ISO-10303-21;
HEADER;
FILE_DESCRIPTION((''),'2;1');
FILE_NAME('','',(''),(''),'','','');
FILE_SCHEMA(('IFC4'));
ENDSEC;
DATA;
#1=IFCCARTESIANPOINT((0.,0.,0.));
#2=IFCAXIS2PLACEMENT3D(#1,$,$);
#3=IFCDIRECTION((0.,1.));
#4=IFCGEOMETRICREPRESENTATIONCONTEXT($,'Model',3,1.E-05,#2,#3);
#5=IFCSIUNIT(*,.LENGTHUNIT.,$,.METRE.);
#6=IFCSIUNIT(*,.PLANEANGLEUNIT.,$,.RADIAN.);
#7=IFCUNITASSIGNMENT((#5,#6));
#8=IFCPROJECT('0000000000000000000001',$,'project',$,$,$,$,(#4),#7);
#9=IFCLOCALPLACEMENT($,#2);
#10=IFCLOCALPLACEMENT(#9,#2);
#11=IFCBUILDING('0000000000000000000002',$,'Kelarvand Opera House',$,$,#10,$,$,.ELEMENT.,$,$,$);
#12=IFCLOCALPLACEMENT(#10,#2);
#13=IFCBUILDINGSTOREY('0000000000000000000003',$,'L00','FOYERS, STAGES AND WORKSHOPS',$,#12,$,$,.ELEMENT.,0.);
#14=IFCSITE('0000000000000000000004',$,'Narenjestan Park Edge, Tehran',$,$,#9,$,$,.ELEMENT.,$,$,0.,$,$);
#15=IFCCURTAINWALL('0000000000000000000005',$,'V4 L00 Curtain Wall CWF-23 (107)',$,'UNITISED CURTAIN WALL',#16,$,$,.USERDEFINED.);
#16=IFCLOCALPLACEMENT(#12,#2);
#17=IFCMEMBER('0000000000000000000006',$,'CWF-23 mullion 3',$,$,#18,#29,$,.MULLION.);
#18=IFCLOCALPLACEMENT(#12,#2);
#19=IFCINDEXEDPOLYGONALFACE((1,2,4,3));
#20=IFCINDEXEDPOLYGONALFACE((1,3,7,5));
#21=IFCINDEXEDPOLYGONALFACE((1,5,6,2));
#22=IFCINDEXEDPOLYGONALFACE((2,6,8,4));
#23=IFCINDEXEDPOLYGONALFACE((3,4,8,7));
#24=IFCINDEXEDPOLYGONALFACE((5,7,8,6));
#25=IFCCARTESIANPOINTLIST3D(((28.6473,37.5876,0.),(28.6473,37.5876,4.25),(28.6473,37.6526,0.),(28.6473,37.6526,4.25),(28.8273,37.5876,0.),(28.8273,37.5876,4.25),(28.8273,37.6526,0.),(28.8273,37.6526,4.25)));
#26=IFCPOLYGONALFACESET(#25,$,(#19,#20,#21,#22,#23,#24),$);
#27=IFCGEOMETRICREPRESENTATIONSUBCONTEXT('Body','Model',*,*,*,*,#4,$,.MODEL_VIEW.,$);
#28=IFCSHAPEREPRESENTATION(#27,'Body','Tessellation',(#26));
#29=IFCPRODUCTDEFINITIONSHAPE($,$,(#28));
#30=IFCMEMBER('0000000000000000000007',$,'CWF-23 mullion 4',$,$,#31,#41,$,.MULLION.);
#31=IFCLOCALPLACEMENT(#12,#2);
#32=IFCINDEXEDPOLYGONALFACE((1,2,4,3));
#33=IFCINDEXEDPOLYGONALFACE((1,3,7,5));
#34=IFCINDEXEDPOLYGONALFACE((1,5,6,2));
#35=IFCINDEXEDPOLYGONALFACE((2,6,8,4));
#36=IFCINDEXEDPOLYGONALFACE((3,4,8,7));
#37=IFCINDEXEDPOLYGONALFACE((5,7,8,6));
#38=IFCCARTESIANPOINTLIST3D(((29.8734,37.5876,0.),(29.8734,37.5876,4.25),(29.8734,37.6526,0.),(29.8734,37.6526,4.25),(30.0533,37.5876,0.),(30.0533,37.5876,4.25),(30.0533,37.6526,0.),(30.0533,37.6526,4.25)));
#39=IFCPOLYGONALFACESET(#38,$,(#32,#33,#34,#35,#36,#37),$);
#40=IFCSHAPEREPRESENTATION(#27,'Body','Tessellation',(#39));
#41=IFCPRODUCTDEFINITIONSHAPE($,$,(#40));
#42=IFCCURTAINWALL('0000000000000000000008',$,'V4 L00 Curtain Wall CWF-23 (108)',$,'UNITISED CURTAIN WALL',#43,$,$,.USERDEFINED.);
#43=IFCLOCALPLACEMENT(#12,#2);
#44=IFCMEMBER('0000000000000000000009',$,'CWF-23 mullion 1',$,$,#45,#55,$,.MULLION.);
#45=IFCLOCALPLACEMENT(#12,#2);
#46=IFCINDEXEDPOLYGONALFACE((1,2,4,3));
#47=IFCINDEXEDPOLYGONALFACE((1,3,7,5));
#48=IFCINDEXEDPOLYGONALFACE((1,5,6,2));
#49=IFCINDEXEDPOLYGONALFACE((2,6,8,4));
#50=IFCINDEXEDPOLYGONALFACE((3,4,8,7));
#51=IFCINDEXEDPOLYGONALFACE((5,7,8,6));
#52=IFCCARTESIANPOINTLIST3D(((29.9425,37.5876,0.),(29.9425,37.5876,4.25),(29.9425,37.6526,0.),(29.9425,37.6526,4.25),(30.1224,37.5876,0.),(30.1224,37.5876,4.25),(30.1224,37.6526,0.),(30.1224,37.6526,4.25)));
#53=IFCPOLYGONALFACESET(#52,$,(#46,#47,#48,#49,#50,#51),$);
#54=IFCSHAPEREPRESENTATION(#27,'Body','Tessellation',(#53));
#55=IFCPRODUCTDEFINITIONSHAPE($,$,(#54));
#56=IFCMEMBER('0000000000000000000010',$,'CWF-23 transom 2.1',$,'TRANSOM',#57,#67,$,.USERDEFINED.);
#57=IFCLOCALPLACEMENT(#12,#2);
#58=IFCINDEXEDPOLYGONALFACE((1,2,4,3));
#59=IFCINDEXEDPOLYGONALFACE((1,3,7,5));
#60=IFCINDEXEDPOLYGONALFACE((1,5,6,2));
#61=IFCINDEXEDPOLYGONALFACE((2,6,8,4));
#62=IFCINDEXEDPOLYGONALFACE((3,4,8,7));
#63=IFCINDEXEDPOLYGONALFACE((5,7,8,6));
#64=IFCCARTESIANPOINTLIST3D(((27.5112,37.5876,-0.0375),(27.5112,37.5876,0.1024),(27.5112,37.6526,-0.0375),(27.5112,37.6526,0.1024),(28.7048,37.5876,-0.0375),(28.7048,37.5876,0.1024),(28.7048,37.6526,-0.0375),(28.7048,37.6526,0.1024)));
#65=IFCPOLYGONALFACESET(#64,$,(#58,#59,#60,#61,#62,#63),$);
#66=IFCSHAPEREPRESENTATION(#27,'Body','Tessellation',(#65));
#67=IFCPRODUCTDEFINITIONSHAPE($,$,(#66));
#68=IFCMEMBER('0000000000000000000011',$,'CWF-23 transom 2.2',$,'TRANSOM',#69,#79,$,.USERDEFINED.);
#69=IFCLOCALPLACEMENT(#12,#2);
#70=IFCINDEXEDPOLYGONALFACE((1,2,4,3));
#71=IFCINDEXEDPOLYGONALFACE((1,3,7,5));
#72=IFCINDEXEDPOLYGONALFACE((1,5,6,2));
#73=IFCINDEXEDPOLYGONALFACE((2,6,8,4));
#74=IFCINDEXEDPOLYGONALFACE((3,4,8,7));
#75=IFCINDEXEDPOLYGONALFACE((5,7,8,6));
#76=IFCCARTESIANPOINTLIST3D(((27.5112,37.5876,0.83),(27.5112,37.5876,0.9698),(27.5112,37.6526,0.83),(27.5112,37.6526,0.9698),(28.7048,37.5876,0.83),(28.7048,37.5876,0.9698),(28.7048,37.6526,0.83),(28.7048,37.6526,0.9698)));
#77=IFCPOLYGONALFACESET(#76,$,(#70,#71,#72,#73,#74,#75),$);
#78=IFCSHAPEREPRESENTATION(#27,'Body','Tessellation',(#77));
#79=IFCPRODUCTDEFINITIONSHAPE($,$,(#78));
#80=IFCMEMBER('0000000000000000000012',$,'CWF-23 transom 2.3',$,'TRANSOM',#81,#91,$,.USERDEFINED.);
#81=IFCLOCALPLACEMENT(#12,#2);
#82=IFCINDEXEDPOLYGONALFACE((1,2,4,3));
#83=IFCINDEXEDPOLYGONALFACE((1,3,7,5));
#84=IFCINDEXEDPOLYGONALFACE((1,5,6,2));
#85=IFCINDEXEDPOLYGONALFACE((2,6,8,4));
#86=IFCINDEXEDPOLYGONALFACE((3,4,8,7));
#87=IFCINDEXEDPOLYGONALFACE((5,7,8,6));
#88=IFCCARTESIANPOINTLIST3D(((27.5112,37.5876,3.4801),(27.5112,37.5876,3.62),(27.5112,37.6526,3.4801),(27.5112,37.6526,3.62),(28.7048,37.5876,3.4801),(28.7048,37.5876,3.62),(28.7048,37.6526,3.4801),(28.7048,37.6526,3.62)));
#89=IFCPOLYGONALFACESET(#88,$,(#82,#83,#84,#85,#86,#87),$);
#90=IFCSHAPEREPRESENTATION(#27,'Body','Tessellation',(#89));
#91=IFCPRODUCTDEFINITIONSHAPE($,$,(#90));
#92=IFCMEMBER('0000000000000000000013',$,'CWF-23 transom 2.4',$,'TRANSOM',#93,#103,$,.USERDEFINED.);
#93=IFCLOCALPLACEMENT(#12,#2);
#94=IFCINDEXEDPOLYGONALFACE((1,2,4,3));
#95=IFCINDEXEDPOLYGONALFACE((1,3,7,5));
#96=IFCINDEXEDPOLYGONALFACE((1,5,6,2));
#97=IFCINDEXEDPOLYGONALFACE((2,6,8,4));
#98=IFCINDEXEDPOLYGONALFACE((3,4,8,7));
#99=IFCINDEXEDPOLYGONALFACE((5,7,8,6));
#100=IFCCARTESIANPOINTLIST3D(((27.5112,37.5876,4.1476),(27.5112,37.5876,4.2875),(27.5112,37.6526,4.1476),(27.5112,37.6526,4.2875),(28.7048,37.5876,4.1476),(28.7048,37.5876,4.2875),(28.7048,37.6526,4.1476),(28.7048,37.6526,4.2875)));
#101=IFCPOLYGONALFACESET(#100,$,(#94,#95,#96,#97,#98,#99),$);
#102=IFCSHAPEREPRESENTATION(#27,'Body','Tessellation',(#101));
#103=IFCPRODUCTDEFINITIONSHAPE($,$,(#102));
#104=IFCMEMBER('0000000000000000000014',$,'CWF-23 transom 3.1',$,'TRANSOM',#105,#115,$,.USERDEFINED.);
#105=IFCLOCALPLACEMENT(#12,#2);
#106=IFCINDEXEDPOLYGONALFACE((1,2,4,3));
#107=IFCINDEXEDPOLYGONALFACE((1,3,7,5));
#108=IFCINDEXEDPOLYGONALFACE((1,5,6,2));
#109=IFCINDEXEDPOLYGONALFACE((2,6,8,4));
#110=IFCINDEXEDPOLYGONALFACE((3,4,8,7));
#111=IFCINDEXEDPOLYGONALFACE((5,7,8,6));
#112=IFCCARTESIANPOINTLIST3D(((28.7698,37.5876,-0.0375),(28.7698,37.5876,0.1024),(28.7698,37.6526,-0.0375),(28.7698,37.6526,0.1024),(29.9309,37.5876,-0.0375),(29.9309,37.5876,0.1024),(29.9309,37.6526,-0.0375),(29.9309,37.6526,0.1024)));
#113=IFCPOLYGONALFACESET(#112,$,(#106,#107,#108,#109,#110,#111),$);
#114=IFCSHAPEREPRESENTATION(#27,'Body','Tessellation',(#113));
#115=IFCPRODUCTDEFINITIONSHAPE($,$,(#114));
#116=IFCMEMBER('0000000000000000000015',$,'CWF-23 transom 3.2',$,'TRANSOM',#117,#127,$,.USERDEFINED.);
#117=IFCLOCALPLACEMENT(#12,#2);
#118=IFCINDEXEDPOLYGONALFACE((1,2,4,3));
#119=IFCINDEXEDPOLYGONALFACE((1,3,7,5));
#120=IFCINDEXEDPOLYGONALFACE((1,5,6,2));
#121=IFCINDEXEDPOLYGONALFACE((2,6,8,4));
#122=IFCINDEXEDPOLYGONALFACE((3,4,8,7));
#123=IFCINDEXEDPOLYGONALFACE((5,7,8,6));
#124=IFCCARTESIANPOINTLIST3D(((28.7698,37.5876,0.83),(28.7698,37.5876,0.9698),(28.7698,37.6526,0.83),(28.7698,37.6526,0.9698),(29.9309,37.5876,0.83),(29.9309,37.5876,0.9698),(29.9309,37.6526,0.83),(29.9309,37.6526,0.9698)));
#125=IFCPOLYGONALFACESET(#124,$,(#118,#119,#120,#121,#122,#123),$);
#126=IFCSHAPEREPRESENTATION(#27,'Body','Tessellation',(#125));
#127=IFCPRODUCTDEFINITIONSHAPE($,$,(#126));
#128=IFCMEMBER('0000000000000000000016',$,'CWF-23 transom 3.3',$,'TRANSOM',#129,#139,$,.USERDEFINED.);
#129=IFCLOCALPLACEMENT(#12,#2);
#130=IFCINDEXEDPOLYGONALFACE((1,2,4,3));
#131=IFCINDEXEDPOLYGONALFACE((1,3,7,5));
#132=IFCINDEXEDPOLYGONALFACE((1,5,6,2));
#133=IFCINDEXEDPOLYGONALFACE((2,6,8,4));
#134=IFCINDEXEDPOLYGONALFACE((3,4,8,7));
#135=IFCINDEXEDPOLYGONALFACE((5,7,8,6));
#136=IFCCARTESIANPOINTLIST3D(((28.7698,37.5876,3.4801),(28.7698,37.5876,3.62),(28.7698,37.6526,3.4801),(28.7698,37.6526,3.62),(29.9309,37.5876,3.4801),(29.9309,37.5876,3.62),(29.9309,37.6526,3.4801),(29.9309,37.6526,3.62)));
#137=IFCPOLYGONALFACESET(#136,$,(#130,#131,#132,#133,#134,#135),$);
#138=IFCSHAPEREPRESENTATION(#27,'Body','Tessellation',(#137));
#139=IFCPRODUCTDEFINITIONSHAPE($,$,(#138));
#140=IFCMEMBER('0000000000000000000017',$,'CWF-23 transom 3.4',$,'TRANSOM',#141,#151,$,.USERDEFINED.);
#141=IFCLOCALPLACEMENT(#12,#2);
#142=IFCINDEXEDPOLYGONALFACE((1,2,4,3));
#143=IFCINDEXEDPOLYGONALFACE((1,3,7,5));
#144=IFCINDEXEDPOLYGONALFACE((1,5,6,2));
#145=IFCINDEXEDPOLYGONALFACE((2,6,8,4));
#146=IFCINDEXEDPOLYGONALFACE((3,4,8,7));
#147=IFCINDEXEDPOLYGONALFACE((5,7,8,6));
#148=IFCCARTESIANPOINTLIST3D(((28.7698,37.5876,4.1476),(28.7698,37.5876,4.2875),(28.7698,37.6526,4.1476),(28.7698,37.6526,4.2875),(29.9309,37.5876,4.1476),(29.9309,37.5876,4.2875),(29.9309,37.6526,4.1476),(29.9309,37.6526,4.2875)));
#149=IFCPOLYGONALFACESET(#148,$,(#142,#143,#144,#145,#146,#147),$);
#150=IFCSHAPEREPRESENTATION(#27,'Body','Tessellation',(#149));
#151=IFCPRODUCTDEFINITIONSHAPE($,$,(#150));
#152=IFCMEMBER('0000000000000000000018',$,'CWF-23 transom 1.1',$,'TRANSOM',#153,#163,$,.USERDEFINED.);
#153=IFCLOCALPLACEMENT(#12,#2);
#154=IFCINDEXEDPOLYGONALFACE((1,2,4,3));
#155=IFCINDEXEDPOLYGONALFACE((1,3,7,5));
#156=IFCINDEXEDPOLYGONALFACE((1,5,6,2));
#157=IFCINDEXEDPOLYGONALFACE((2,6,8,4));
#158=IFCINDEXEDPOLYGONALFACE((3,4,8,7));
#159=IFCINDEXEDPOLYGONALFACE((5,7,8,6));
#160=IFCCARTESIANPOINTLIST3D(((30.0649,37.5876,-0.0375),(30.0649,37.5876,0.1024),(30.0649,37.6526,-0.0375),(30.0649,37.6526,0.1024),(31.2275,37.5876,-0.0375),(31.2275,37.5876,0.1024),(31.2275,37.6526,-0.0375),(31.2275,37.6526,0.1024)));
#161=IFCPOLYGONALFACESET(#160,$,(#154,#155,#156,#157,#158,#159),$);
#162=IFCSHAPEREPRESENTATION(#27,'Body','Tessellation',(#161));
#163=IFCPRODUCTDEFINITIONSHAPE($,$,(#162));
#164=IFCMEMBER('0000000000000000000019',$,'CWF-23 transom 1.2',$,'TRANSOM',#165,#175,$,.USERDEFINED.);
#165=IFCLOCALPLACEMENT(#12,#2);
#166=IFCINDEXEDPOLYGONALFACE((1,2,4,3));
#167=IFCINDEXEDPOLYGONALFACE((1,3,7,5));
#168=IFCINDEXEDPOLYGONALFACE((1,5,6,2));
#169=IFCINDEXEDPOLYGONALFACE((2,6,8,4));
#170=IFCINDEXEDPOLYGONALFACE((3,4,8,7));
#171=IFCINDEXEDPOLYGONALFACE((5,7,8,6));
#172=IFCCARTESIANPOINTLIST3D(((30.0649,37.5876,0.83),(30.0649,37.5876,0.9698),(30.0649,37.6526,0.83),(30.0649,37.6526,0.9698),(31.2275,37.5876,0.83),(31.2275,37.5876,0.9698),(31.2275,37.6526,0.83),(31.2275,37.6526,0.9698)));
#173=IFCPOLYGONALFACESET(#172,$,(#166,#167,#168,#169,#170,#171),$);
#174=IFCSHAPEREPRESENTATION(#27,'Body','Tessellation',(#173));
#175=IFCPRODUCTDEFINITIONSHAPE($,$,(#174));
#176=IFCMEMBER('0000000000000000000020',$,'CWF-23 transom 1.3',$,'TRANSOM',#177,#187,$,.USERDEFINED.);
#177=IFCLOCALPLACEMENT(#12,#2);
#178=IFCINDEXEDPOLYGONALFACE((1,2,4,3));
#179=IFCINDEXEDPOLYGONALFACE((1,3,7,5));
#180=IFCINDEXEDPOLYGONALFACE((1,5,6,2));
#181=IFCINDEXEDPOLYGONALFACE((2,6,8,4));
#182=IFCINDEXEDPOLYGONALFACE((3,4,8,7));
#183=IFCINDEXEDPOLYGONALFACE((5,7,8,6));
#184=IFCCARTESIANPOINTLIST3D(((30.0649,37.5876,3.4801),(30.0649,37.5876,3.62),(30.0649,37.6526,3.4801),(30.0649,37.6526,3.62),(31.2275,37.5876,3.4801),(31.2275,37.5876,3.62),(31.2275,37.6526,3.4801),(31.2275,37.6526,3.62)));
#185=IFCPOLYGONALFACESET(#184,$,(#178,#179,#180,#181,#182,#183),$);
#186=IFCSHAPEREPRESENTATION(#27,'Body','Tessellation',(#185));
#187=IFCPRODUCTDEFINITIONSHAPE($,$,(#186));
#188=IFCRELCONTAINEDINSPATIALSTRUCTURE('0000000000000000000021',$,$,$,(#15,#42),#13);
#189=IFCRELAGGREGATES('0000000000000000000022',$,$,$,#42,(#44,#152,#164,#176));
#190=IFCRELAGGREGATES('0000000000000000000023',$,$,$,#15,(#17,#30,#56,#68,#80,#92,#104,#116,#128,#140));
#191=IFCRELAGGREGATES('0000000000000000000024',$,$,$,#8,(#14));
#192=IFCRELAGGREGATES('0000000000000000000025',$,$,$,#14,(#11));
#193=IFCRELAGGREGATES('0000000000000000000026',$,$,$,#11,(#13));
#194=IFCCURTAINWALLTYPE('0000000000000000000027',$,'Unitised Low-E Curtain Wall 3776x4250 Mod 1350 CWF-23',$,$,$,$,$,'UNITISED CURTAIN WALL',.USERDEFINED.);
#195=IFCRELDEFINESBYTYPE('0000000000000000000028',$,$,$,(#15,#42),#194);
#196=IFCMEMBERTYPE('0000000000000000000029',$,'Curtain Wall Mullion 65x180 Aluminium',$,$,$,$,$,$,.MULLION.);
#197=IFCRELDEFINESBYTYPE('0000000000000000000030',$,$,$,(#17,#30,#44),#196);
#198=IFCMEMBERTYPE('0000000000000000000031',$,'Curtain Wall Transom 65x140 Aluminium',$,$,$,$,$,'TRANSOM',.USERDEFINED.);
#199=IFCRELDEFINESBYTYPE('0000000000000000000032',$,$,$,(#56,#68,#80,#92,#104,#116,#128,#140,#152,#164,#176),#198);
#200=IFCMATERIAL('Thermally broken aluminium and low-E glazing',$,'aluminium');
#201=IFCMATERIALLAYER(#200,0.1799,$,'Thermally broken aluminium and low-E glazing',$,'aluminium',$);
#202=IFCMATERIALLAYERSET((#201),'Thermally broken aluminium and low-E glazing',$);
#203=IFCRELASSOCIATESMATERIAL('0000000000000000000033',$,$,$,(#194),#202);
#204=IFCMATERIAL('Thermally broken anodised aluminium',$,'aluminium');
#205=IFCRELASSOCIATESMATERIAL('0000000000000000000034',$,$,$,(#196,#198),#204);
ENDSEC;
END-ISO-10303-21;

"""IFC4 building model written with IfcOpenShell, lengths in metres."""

from ifc_helpers import new_model, si_unit, direction, frame, origin, origin_2d, place, context, subcontext, project, spatial, rectangle, extrude, material, layer, layer_set, material_profile, profile_set, type_object, element, aggregate, save


model = new_model("IFC4")

# Units and contexts
model_context = context("Model", 3, precision=1e-05, world=origin(), true_north=direction((0.0, 1.0)))
body_context = subcontext(model_context, "Body", "Model", "MODEL_VIEW")
ifc_project = project(units=[si_unit("LENGTHUNIT", "METRE"), si_unit("PLANEANGLEUNIT", "RADIAN")], contexts=[model_context])

# Site, building, storey
site_placement = place(None, origin())
site = spatial("IfcSite", under=ifc_project, at=site_placement, Name="Narenjestan Park Edge, Tehran", CompositionType="ELEMENT", RefElevation=0.0)
building_placement = place(site_placement, origin())
building = spatial("IfcBuilding", under=site, at=building_placement, Name="Kelarvand Opera House", CompositionType="ELEMENT")
storey_placement = place(building_placement, origin())
storey = spatial("IfcBuildingStorey", under=building, at=storey_placement, Name="L00", Description="FOYERS, STAGES AND WORKSHOPS", CompositionType="ELEMENT", Elevation=0.0)

# Curtain wall, members
ifc_material_1 = material(Name="Thermally broken aluminium and low-E glazing", Category="aluminium")
ifc_layer_1 = layer(ifc_material_1, 0.1799, Name="Thermally broken aluminium and low-E glazing", Category="aluminium")
ifc_layer_set_1 = layer_set([ifc_layer_1], Name="Thermally broken aluminium and low-E glazing")
curtain_wall_type = type_object("IfcCurtainWallType", Name="Unitised Low-E Curtain Wall 3776x4250 Mod 1350 CWF-23", ElementType="UNITISED CURTAIN WALL", PredefinedType="USERDEFINED", material=ifc_layer_set_1)
curtain_wall_1_placement = place(storey_placement, origin())
curtain_wall_1 = element("IfcCurtainWall", 1, at=curtain_wall_1_placement, inside=storey, type_object=curtain_wall_type, Name="V4 L00 Curtain Wall CWF-23 (107)", ObjectType="UNITISED CURTAIN WALL", PredefinedType="USERDEFINED")
ifc_material_2 = material(Name="Thermally broken anodised aluminium", Category="aluminium")
ifc_material_profile_1 = material_profile(ifc_material_2, rectangle(XDim=0.0649, YDim=0.1799, at=origin_2d()), Name="ALU MULLION 65x180", Category="aluminium")
ifc_profile_set_1 = profile_set([ifc_material_profile_1], Name="Thermally broken anodised aluminium")
member_type_1 = type_object("IfcMemberType", Name="Curtain Wall Mullion 65x180 Aluminium", PredefinedType="MULLION", material=ifc_profile_set_1)
member_1_placement = place(storey_placement, frame((28.7373, 37.6201, 0.0), z_axis=(0.0, 0.0, 1.0), x_axis=(0.0, 1.0, 0.0)))
member_1 = element("IfcMember", 2, at=member_1_placement, type_object=member_type_1, Name="CWF-23 mullion 3", PredefinedType="MULLION", context=body_context, shape_type="SweptSolid", body=[
    extrude(rectangle(XDim=0.0649, YDim=0.1799, at=origin_2d()), origin(), (0.0, 0.0, 1.0), 4.25),
])
member_2_placement = place(storey_placement, frame((29.9634, 37.6201, 0.0), z_axis=(0.0, 0.0, 1.0), x_axis=(0.0, 1.0, 0.0)))
member_2 = element("IfcMember", 3, at=member_2_placement, type_object=member_type_1, Name="CWF-23 mullion 4", PredefinedType="MULLION", context=body_context, shape_type="SweptSolid", body=[
    extrude(rectangle(XDim=0.0649, YDim=0.1799, at=origin_2d()), origin(), (0.0, 0.0, 1.0), 4.25),
])

# Curtain wall, member
curtain_wall_2_placement = place(storey_placement, origin())
curtain_wall_2 = element("IfcCurtainWall", 4, at=curtain_wall_2_placement, inside=storey, type_object=curtain_wall_type, Name="V4 L00 Curtain Wall CWF-23 (108)", ObjectType="UNITISED CURTAIN WALL", PredefinedType="USERDEFINED")
member_3_placement = place(storey_placement, frame((30.0325, 37.6201, 0.0), z_axis=(0.0, 0.0, 1.0), x_axis=(0.0, 1.0, 0.0)))
member_3 = element("IfcMember", 5, at=member_3_placement, type_object=member_type_1, Name="CWF-23 mullion 1", PredefinedType="MULLION", context=body_context, shape_type="SweptSolid", body=[
    extrude(rectangle(XDim=0.0649, YDim=0.1799, at=origin_2d()), origin(), (0.0, 0.0, 1.0), 4.25),
])

# Members
ifc_material_profile_2 = material_profile(ifc_material_2, rectangle(XDim=0.0649, YDim=0.1399, at=origin_2d()), Name="ALU TRANSOM 65x140", Category="aluminium")
ifc_profile_set_2 = profile_set([ifc_material_profile_2], Name="Thermally broken anodised aluminium")
member_type_2 = type_object("IfcMemberType", Name="Curtain Wall Transom 65x140 Aluminium", ElementType="TRANSOM", PredefinedType="USERDEFINED", material=ifc_profile_set_2)
member_4_placement = place(storey_placement, frame((27.5112, 37.6201, 0.0325), z_axis=(1.0, 0.0, 0.0), x_axis=(0.0, 1.0, 0.0)))
member_4 = element("IfcMember", 6, at=member_4_placement, type_object=member_type_2, Name="CWF-23 transom 2.1", ObjectType="TRANSOM", PredefinedType="USERDEFINED", context=body_context, shape_type="SweptSolid", body=[
    extrude(rectangle(XDim=0.0649, YDim=0.1399, at=origin_2d()), origin(), (0.0, 0.0, 1.0), 1.1936),
])
member_5_placement = place(storey_placement, frame((27.5112, 37.6201, 0.8999), z_axis=(1.0, 0.0, 0.0), x_axis=(0.0, 1.0, 0.0)))
member_5 = element("IfcMember", 7, at=member_5_placement, type_object=member_type_2, Name="CWF-23 transom 2.2", ObjectType="TRANSOM", PredefinedType="USERDEFINED", context=body_context, shape_type="SweptSolid", body=[
    extrude(rectangle(XDim=0.0649, YDim=0.1399, at=origin_2d()), origin(), (0.0, 0.0, 1.0), 1.1936),
])
member_6_placement = place(storey_placement, frame((27.5112, 37.6201, 3.55), z_axis=(1.0, 0.0, 0.0), x_axis=(0.0, 1.0, 0.0)))
member_6 = element("IfcMember", 8, at=member_6_placement, type_object=member_type_2, Name="CWF-23 transom 2.3", ObjectType="TRANSOM", PredefinedType="USERDEFINED", context=body_context, shape_type="SweptSolid", body=[
    extrude(rectangle(XDim=0.0649, YDim=0.1399, at=origin_2d()), origin(), (0.0, 0.0, 1.0), 1.1936),
])
member_7_placement = place(storey_placement, frame((27.5112, 37.6201, 4.2175), z_axis=(1.0, 0.0, 0.0), x_axis=(0.0, 1.0, 0.0)))
member_7 = element("IfcMember", 9, at=member_7_placement, type_object=member_type_2, Name="CWF-23 transom 2.4", ObjectType="TRANSOM", PredefinedType="USERDEFINED", context=body_context, shape_type="SweptSolid", body=[
    extrude(rectangle(XDim=0.0649, YDim=0.1399, at=origin_2d()), origin(), (0.0, 0.0, 1.0), 1.1936),
])
member_8_placement = place(storey_placement, frame((28.7698, 37.6201, 0.0325), z_axis=(1.0, 0.0, 0.0), x_axis=(0.0, 1.0, 0.0)))
member_8 = element("IfcMember", 10, at=member_8_placement, type_object=member_type_2, Name="CWF-23 transom 3.1", ObjectType="TRANSOM", PredefinedType="USERDEFINED", context=body_context, shape_type="SweptSolid", body=[
    extrude(rectangle(XDim=0.0649, YDim=0.1399, at=origin_2d()), origin(), (0.0, 0.0, 1.0), 1.1611),
])
member_9_placement = place(storey_placement, frame((28.7698, 37.6201, 0.8999), z_axis=(1.0, 0.0, 0.0), x_axis=(0.0, 1.0, 0.0)))
member_9 = element("IfcMember", 11, at=member_9_placement, type_object=member_type_2, Name="CWF-23 transom 3.2", ObjectType="TRANSOM", PredefinedType="USERDEFINED", context=body_context, shape_type="SweptSolid", body=[
    extrude(rectangle(XDim=0.0649, YDim=0.1399, at=origin_2d()), origin(), (0.0, 0.0, 1.0), 1.1611),
])
member_10_placement = place(storey_placement, frame((28.7698, 37.6201, 3.55), z_axis=(1.0, 0.0, 0.0), x_axis=(0.0, 1.0, 0.0)))
member_10 = element("IfcMember", 12, at=member_10_placement, type_object=member_type_2, Name="CWF-23 transom 3.3", ObjectType="TRANSOM", PredefinedType="USERDEFINED", context=body_context, shape_type="SweptSolid", body=[
    extrude(rectangle(XDim=0.0649, YDim=0.1399, at=origin_2d()), origin(), (0.0, 0.0, 1.0), 1.1611),
])
member_11_placement = place(storey_placement, frame((28.7698, 37.6201, 4.2175), z_axis=(1.0, 0.0, 0.0), x_axis=(0.0, 1.0, 0.0)))
member_11 = element("IfcMember", 13, at=member_11_placement, type_object=member_type_2, Name="CWF-23 transom 3.4", ObjectType="TRANSOM", PredefinedType="USERDEFINED", context=body_context, shape_type="SweptSolid", body=[
    extrude(rectangle(XDim=0.0649, YDim=0.1399, at=origin_2d()), origin(), (0.0, 0.0, 1.0), 1.1611),
])
member_12_placement = place(storey_placement, frame((30.0649, 37.6201, 0.0325), z_axis=(1.0, 0.0, 0.0), x_axis=(0.0, 1.0, 0.0)))
member_12 = element("IfcMember", 14, at=member_12_placement, type_object=member_type_2, Name="CWF-23 transom 1.1", ObjectType="TRANSOM", PredefinedType="USERDEFINED", context=body_context, shape_type="SweptSolid", body=[
    extrude(rectangle(XDim=0.0649, YDim=0.1399, at=origin_2d()), origin(), (0.0, 0.0, 1.0), 1.1626),
])
member_13_placement = place(storey_placement, frame((30.0649, 37.6201, 0.8999), z_axis=(1.0, 0.0, 0.0), x_axis=(0.0, 1.0, 0.0)))
member_13 = element("IfcMember", 15, at=member_13_placement, type_object=member_type_2, Name="CWF-23 transom 1.2", ObjectType="TRANSOM", PredefinedType="USERDEFINED", context=body_context, shape_type="SweptSolid", body=[
    extrude(rectangle(XDim=0.0649, YDim=0.1399, at=origin_2d()), origin(), (0.0, 0.0, 1.0), 1.1626),
])
member_14_placement = place(storey_placement, frame((30.0649, 37.6201, 3.55), z_axis=(1.0, 0.0, 0.0), x_axis=(0.0, 1.0, 0.0)))
member_14 = element("IfcMember", 16, at=member_14_placement, type_object=member_type_2, Name="CWF-23 transom 1.3", ObjectType="TRANSOM", PredefinedType="USERDEFINED", context=body_context, shape_type="SweptSolid", body=[
    extrude(rectangle(XDim=0.0649, YDim=0.1399, at=origin_2d()), origin(), (0.0, 0.0, 1.0), 1.1626),
])
aggregate(curtain_wall_2, [member_3, member_12, member_13, member_14])

aggregate(curtain_wall_1, [member_1, member_2, member_4, member_5, member_6, member_7, member_8, member_9, member_10, member_11])

save(model, "model.ifc")
